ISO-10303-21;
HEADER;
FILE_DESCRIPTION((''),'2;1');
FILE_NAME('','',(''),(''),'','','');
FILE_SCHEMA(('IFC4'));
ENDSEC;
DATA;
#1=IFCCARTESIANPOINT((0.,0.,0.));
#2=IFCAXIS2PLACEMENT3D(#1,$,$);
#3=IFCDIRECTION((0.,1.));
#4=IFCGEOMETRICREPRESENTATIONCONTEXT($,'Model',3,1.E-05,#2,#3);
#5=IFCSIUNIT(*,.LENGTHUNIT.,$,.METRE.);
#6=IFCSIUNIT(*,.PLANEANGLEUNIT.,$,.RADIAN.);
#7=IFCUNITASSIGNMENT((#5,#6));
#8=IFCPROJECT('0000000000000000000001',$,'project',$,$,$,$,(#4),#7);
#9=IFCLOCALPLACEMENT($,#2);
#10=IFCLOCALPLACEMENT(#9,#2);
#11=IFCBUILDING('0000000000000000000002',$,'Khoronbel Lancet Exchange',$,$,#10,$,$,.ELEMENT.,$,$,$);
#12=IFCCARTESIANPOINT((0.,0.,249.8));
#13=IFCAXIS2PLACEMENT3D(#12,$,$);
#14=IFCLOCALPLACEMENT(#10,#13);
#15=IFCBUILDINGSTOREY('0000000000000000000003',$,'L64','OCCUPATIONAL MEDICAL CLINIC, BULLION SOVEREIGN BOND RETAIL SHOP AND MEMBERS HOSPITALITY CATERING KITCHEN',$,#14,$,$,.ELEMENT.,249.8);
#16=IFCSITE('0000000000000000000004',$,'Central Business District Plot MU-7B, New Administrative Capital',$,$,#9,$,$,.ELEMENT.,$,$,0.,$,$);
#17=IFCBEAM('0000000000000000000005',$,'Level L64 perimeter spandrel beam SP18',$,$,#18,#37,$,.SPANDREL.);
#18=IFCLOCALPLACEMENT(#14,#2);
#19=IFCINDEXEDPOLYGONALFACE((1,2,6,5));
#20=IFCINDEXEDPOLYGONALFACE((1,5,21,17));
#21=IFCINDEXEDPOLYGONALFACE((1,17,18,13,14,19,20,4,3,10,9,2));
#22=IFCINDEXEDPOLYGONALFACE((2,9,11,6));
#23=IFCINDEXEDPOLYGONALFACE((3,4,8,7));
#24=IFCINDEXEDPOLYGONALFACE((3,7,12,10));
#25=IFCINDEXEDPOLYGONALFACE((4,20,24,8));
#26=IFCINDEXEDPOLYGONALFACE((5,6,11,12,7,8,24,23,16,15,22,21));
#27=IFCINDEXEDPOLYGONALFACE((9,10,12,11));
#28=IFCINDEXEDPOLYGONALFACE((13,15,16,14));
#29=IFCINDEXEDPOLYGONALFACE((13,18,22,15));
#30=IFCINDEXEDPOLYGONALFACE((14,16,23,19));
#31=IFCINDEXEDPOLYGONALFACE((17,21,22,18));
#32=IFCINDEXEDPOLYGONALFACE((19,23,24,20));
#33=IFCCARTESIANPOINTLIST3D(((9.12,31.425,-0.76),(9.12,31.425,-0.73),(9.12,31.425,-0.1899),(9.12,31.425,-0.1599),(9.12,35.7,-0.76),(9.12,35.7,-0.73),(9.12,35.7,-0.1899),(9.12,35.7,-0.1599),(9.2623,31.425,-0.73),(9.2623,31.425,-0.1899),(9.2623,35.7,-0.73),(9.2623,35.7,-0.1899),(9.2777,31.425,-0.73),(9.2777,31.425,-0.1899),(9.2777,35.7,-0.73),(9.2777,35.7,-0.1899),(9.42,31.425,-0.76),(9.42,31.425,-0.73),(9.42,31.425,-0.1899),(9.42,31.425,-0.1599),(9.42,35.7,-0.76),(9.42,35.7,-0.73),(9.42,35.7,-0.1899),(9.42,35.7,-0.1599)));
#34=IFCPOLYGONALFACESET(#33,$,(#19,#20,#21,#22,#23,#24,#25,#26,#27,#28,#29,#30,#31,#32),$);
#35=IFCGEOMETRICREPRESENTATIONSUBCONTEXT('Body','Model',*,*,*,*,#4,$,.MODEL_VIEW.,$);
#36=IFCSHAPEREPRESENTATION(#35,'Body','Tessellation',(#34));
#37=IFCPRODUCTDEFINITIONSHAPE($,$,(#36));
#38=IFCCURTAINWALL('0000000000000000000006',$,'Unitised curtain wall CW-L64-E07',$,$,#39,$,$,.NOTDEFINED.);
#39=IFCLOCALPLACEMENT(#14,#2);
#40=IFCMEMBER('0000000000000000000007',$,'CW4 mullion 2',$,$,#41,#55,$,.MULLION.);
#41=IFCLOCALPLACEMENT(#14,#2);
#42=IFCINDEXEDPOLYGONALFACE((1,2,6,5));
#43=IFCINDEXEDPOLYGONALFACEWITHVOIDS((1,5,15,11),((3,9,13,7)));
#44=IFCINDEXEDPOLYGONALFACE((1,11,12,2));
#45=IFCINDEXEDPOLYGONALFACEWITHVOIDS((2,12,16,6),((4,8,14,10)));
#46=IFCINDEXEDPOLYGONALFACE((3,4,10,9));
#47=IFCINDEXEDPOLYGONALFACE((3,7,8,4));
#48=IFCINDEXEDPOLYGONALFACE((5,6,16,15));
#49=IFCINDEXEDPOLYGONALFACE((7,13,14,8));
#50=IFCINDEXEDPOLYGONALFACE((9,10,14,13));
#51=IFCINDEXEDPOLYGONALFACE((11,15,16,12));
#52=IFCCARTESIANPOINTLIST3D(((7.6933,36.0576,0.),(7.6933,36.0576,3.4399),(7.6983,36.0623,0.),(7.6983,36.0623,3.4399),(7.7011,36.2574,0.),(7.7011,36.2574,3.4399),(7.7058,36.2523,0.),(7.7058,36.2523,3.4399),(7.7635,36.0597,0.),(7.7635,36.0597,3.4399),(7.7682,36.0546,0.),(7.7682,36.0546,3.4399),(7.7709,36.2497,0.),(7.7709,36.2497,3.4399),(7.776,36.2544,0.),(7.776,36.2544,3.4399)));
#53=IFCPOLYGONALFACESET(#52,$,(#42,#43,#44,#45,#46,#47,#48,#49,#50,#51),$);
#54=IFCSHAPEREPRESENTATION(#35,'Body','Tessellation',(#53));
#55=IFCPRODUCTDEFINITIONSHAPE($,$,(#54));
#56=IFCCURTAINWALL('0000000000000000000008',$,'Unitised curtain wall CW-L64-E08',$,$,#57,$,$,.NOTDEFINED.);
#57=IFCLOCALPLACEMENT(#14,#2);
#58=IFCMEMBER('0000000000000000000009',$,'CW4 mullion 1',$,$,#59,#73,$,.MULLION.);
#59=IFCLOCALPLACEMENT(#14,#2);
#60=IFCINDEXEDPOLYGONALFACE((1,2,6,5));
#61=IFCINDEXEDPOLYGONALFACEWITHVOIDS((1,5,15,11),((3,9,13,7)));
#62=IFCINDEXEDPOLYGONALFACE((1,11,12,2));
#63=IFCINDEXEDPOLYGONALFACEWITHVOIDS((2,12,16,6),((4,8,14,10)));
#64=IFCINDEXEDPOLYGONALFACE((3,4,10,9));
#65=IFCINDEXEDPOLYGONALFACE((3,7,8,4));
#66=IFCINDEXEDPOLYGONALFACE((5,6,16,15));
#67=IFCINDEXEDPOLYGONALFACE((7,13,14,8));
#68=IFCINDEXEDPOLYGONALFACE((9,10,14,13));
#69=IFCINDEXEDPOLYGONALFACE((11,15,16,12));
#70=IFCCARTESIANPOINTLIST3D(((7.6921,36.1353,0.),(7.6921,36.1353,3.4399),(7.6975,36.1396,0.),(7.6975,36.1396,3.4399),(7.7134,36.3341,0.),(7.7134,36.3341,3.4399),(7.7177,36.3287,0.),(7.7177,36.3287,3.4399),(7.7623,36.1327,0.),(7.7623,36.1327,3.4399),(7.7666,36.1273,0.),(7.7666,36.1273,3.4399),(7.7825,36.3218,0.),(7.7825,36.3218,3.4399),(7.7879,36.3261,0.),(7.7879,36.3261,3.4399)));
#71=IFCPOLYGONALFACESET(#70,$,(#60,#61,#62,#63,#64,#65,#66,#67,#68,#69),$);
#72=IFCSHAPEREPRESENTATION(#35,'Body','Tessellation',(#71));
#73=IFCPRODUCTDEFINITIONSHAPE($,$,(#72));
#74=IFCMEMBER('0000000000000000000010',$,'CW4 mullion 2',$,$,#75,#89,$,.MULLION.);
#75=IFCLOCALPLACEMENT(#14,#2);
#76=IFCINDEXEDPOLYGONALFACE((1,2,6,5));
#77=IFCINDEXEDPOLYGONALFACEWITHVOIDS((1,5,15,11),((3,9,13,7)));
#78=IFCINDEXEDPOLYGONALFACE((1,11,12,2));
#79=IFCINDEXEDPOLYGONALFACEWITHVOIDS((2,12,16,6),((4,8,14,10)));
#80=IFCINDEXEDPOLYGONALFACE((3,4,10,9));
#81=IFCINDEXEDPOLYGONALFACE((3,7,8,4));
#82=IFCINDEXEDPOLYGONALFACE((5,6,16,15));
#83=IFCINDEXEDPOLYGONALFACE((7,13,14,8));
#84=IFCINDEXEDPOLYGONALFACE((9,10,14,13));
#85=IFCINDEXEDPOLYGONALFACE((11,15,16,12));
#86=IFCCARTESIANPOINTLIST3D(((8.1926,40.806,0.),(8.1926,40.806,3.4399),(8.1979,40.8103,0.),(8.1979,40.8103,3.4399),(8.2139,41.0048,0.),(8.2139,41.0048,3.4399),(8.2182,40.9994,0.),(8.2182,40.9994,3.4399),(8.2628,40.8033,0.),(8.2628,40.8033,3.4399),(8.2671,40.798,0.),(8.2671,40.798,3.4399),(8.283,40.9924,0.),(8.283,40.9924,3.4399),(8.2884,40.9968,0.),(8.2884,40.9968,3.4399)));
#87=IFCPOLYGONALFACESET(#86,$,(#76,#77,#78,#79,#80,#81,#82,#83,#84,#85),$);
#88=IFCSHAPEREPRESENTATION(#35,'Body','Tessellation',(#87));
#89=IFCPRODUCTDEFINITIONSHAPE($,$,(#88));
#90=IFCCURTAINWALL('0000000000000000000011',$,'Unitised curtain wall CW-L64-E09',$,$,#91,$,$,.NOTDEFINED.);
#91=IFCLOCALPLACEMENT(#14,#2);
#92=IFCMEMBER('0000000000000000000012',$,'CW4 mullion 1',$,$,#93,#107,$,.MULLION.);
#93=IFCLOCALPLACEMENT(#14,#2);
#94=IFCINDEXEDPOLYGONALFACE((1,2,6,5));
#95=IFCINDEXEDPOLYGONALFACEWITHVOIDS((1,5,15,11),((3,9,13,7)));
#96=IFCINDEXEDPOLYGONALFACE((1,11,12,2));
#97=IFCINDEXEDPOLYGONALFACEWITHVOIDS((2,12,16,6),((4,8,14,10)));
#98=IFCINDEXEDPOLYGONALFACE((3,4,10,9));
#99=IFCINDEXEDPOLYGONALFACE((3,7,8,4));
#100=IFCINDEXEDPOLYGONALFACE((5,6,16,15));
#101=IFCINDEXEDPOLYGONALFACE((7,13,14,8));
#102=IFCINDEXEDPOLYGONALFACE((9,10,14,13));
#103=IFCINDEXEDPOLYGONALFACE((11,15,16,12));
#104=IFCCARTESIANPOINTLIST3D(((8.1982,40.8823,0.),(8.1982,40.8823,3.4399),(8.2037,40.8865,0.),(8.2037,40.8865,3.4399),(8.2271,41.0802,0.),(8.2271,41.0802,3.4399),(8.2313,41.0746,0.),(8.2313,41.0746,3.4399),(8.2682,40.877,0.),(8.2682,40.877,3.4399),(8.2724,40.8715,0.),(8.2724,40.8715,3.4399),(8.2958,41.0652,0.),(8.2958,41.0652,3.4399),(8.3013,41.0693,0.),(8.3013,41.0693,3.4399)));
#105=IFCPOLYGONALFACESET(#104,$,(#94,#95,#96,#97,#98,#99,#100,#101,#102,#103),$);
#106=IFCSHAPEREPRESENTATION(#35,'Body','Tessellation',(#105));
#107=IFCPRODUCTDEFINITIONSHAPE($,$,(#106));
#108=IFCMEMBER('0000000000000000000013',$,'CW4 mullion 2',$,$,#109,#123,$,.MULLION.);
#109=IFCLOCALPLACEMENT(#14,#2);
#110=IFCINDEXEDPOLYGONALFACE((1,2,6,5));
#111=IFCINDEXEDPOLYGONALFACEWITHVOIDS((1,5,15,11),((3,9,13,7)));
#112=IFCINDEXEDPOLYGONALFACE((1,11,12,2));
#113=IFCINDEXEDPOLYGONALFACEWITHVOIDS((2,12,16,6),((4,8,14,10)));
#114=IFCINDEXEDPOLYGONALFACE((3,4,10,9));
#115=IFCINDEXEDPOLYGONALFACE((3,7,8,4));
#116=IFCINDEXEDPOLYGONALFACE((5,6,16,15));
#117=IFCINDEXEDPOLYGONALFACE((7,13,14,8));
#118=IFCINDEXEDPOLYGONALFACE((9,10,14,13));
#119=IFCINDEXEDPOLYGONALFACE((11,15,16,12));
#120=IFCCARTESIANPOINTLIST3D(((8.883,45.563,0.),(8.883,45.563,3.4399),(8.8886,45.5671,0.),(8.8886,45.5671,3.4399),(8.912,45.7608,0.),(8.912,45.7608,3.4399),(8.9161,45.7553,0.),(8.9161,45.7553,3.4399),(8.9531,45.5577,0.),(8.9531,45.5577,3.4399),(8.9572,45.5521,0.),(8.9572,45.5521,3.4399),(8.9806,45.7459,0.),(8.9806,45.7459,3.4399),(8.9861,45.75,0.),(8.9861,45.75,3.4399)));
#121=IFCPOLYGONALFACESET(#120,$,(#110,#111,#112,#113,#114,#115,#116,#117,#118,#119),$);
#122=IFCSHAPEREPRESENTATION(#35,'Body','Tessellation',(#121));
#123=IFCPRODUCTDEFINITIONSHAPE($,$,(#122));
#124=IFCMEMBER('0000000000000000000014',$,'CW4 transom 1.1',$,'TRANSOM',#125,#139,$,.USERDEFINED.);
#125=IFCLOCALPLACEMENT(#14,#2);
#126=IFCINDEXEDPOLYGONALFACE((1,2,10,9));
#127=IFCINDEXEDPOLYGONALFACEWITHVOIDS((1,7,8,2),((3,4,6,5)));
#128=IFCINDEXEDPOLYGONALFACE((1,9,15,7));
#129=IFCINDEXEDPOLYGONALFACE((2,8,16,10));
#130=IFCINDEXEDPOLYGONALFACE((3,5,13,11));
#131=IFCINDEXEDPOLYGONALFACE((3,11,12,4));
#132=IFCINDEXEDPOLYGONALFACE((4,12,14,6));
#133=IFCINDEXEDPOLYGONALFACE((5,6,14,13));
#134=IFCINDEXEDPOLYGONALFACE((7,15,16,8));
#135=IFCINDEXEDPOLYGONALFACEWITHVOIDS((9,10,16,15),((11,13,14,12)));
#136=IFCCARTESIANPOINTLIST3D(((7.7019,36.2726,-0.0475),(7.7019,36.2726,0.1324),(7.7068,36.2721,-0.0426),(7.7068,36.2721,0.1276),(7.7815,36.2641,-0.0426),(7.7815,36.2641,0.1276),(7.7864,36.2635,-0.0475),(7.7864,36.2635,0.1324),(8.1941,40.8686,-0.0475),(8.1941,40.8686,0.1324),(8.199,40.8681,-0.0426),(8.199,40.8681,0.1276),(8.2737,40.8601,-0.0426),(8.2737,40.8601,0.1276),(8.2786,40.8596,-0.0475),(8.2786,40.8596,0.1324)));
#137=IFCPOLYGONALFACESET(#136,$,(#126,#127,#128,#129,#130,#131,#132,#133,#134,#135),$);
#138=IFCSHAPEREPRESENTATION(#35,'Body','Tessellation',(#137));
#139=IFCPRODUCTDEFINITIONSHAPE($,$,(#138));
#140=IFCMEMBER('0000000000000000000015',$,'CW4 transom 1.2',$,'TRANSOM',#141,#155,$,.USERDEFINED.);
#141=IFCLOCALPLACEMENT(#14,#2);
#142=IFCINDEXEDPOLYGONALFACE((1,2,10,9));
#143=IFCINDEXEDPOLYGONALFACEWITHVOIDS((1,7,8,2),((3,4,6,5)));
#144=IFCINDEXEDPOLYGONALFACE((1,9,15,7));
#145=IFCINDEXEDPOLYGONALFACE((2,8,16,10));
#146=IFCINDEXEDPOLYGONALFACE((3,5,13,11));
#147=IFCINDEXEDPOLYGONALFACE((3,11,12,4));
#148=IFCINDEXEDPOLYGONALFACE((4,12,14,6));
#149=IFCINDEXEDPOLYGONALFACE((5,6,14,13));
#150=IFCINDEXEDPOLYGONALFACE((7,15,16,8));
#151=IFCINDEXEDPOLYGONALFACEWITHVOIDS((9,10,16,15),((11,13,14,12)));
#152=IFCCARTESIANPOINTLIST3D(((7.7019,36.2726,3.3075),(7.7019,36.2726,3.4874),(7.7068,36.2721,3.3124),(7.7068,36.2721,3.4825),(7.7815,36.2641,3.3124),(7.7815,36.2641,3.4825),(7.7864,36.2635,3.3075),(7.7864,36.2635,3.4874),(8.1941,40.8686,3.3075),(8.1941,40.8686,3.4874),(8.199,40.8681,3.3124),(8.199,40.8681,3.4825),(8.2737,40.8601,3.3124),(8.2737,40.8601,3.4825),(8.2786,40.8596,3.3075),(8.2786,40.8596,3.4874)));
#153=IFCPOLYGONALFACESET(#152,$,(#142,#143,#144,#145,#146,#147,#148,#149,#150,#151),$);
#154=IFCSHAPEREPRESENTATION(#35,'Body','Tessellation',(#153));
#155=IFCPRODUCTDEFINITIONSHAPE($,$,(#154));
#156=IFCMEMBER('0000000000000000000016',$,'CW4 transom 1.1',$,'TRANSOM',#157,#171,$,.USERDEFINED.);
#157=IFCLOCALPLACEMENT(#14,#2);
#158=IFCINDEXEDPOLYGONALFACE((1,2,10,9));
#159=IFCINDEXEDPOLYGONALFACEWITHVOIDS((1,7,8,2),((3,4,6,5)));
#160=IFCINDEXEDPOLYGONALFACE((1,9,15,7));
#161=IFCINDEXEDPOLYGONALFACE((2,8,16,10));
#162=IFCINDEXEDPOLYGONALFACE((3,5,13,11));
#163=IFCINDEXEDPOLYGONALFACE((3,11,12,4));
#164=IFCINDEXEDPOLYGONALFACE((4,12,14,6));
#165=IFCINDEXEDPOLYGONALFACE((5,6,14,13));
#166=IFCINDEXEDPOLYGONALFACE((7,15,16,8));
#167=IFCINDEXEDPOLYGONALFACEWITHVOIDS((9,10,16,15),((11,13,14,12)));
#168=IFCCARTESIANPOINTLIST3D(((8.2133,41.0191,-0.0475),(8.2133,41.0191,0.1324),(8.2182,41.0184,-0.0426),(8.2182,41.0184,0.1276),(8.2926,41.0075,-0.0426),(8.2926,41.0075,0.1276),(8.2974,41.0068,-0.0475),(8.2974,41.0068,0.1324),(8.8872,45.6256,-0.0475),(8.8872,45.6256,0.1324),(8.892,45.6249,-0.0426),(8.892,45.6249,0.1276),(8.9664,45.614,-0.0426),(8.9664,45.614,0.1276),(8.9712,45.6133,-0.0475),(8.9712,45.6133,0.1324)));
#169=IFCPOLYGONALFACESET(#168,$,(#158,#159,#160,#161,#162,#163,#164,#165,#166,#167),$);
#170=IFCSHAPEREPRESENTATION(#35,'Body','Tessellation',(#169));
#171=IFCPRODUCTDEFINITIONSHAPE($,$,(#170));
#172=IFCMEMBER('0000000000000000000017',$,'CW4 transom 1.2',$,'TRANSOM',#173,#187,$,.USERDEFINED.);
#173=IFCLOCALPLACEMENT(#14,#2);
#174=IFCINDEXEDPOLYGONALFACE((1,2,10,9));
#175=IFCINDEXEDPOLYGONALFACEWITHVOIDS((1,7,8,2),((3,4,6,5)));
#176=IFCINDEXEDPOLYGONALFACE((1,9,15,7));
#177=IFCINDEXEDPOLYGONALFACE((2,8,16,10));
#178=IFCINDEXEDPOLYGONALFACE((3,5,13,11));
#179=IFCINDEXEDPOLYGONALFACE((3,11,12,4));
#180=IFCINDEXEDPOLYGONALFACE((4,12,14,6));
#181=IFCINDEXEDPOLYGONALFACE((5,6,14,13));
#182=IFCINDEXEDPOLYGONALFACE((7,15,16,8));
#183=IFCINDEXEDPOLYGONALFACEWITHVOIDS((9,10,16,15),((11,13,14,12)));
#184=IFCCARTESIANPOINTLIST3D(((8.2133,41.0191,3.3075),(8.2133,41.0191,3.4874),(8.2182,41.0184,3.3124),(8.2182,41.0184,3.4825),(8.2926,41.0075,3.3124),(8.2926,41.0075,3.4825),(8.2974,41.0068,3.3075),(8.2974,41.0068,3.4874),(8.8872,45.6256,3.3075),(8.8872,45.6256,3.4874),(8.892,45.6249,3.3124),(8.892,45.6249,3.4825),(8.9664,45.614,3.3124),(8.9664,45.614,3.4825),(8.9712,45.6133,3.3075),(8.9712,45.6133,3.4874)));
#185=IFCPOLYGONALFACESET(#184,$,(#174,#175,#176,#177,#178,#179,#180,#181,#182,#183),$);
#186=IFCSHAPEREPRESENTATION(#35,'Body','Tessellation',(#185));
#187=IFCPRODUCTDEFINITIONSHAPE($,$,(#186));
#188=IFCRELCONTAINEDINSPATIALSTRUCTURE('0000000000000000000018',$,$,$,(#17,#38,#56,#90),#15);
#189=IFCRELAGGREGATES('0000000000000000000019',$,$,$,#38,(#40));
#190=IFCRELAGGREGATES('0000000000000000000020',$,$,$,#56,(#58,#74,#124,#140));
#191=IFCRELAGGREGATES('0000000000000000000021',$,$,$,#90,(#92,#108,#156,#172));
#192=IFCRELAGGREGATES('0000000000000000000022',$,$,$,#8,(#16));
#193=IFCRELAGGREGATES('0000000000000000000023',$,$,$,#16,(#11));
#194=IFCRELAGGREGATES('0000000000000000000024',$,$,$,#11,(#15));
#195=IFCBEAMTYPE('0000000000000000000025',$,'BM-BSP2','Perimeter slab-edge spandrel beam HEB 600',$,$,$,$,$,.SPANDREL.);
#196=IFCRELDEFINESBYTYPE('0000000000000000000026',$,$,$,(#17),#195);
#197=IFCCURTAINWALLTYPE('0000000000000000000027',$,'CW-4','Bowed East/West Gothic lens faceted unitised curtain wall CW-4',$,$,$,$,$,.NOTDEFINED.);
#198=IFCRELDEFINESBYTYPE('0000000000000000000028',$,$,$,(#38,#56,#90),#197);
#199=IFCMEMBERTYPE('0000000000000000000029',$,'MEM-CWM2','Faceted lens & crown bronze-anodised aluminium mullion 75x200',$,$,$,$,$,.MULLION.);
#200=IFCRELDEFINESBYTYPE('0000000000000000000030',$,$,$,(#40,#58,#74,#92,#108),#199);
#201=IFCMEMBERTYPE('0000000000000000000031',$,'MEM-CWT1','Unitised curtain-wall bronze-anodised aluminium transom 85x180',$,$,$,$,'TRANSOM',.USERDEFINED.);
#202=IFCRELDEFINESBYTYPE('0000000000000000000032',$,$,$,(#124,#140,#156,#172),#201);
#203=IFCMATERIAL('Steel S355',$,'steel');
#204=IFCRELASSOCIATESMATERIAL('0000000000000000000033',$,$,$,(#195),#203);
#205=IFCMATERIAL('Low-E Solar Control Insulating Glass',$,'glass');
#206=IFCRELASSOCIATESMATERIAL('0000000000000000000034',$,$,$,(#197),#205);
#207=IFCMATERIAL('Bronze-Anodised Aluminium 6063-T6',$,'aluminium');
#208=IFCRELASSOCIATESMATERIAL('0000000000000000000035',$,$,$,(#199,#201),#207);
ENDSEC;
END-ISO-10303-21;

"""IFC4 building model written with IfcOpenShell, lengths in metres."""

from ifc_helpers import new_model, si_unit, direction, frame, origin, origin_2d, place, context, subcontext, project, spatial, hollow_rectangle, i_section, extrude, material, material_profile, profile_set, type_object, element, aggregate, save


model = new_model("IFC4")

# Units and contexts
model_context = context("Model", 3, precision=1e-05, world=origin(), true_north=direction((0.0, 1.0)))
body_context = subcontext(model_context, "Body", "Model", "MODEL_VIEW")
ifc_project = project(units=[si_unit("LENGTHUNIT", "METRE"), si_unit("PLANEANGLEUNIT", "RADIAN")], contexts=[model_context])

# Site, building, storey
site_placement = place(None, origin())
site = spatial("IfcSite", under=ifc_project, at=site_placement, Name="Central Business District Plot MU-7B, New Administrative Capital", CompositionType="ELEMENT", RefElevation=0.0)
building_placement = place(site_placement, origin())
building = spatial("IfcBuilding", under=site, at=building_placement, Name="Khoronbel Lancet Exchange", CompositionType="ELEMENT")
storey_placement = place(building_placement, frame((0.0, 0.0, 249.8)))
storey = spatial("IfcBuildingStorey", under=building, at=storey_placement, Name="L64", Description="OCCUPATIONAL MEDICAL CLINIC, BULLION SOVEREIGN BOND RETAIL SHOP AND MEMBERS HOSPITALITY CATERING KITCHEN", CompositionType="ELEMENT", Elevation=249.8)

# Shared definitions
ifc_material_1 = material(Name="Steel S355", Category="steel")

# Beam
ifc_material_profile_1 = material_profile(ifc_material_1, i_section(OverallWidth=0.3, OverallDepth=0.6001, WebThickness=0.0154, FlangeThickness=0.03, at=origin_2d()), Name="HEB 600")
ifc_profile_set_1 = profile_set([ifc_material_profile_1], Name="Steel S355")
beam_type_1 = type_object("IfcBeamType", Name="BM-BSP2", Description="Perimeter slab-edge spandrel beam HEB 600", PredefinedType="SPANDREL", material=ifc_profile_set_1)
beam_1_placement = place(storey_placement, frame((9.27, 35.7, -0.46), z_axis=(0.0, -1.0, 0.0), x_axis=(1.0, 0.0, 0.0)))
element("IfcBeam", 1, at=beam_1_placement, inside=storey, type_object=beam_type_1, Name="Level L64 perimeter spandrel beam SP18", PredefinedType="SPANDREL", context=body_context, shape_type="SweptSolid", body=[
    extrude(i_section(OverallWidth=0.3, OverallDepth=0.6001, WebThickness=0.0154, FlangeThickness=0.03, at=origin_2d()), origin(), (0.0, 0.0, 1.0), 4.2749),
])

# Curtain wall, member
ifc_material_2 = material(Name="Low-E Solar Control Insulating Glass", Category="glass")
curtain_wall_type = type_object("IfcCurtainWallType", Name="CW-4", Description="Bowed East/West Gothic lens faceted unitised curtain wall CW-4", PredefinedType="NOTDEFINED", material=ifc_material_2)
curtain_wall_1_placement = place(storey_placement, origin())
curtain_wall_1 = element("IfcCurtainWall", 2, at=curtain_wall_1_placement, inside=storey, type_object=curtain_wall_type, Name="Unitised curtain wall CW-L64-E07", PredefinedType="NOTDEFINED")
ifc_material_3 = material(Name="Bronze-Anodised Aluminium 6063-T6", Category="aluminium")
ifc_material_profile_2 = material_profile(ifc_material_3, hollow_rectangle(XDim=0.075, YDim=0.2, WallThickness=0.0049, at=origin_2d()), Name="ALU MULLION 75x200")
ifc_profile_set_2 = profile_set([ifc_material_profile_2], Name="Bronze-Anodised Aluminium 6063-T6")
member_type_1 = type_object("IfcMemberType", Name="MEM-CWM2", Description="Faceted lens & crown bronze-anodised aluminium mullion 75x200", PredefinedType="MULLION", material=ifc_profile_set_2)
member_1_placement = place(storey_placement, frame((7.7346, 36.156, 0.0), z_axis=(0.0, 0.0, 1.0), x_axis=(-0.999233, 0.039161, 0.0)))
member_1 = element("IfcMember", 3, at=member_1_placement, type_object=member_type_1, Name="CW4 mullion 2", PredefinedType="MULLION", context=body_context, shape_type="SweptSolid", body=[
    extrude(hollow_rectangle(XDim=0.075, YDim=0.2, WallThickness=0.0049, at=origin_2d()), origin(), (0.0, 0.0, 1.0), 3.4399),
])
aggregate(curtain_wall_1, [member_1])

# Curtain walls, members
curtain_wall_2_placement = place(storey_placement, origin())
curtain_wall_2 = element("IfcCurtainWall", 4, at=curtain_wall_2_placement, inside=storey, type_object=curtain_wall_type, Name="Unitised curtain wall CW-L64-E08", PredefinedType="NOTDEFINED")
member_2_placement = place(storey_placement, frame((7.74, 36.2307, 0.0), z_axis=(0.0, 0.0, 1.0), x_axis=(-0.994312, 0.106507, 0.0)))
member_2 = element("IfcMember", 5, at=member_2_placement, type_object=member_type_1, Name="CW4 mullion 1", PredefinedType="MULLION", context=body_context, shape_type="SweptSolid", body=[
    extrude(hollow_rectangle(XDim=0.075, YDim=0.2, WallThickness=0.0049, at=origin_2d()), origin(), (0.0, 0.0, 1.0), 3.4399),
])
member_3_placement = place(storey_placement, frame((8.2405, 40.9014, 0.0), z_axis=(0.0, 0.0, 1.0), x_axis=(-0.994312, 0.106507, 0.0)))
member_3 = element("IfcMember", 6, at=member_3_placement, type_object=member_type_1, Name="CW4 mullion 2", PredefinedType="MULLION", context=body_context, shape_type="SweptSolid", body=[
    extrude(hollow_rectangle(XDim=0.075, YDim=0.2, WallThickness=0.0049, at=origin_2d()), origin(), (0.0, 0.0, 1.0), 3.4399),
])
curtain_wall_3_placement = place(storey_placement, origin())
curtain_wall_3 = element("IfcCurtainWall", 7, at=curtain_wall_3_placement, inside=storey, type_object=curtain_wall_type, Name="Unitised curtain wall CW-L64-E09", PredefinedType="NOTDEFINED")
member_4_placement = place(storey_placement, frame((8.2498, 40.9758, 0.0), z_axis=(0.0, 0.0, 1.0), x_axis=(-0.989468, 0.144753, 0.0)))
member_4 = element("IfcMember", 8, at=member_4_placement, type_object=member_type_1, Name="CW4 mullion 1", PredefinedType="MULLION", context=body_context, shape_type="SweptSolid", body=[
    extrude(hollow_rectangle(XDim=0.075, YDim=0.2, WallThickness=0.0049, at=origin_2d()), origin(), (0.0, 0.0, 1.0), 3.4399),
])
member_5_placement = place(storey_placement, frame((8.9346, 45.6565, 0.0), z_axis=(0.0, 0.0, 1.0), x_axis=(-0.989468, 0.144753, 0.0)))
member_5 = element("IfcMember", 9, at=member_5_placement, type_object=member_type_1, Name="CW4 mullion 2", PredefinedType="MULLION", context=body_context, shape_type="SweptSolid", body=[
    extrude(hollow_rectangle(XDim=0.075, YDim=0.2, WallThickness=0.0049, at=origin_2d()), origin(), (0.0, 0.0, 1.0), 3.4399),
])

# Members
ifc_material_profile_3 = material_profile(ifc_material_3, hollow_rectangle(XDim=0.085, YDim=0.1799, WallThickness=0.0049, at=origin_2d()), Name="ALU TRANSOM 85x180")
ifc_profile_set_3 = profile_set([ifc_material_profile_3], Name="Bronze-Anodised Aluminium 6063-T6")
member_type_2 = type_object("IfcMemberType", Name="MEM-CWT1", Description="Unitised curtain-wall bronze-anodised aluminium transom 85x180", ElementType="TRANSOM", PredefinedType="USERDEFINED", material=ifc_profile_set_3)
member_6_placement = place(storey_placement, frame((7.7441, 36.2681, 0.0425), z_axis=(0.106483, 0.994315, 0.0), x_axis=(-0.994315, 0.106483, 0.0)))
member_6 = element("IfcMember", 10, at=member_6_placement, type_object=member_type_2, Name="CW4 transom 1.1", ObjectType="TRANSOM", PredefinedType="USERDEFINED", context=body_context, shape_type="SweptSolid", body=[
    extrude(hollow_rectangle(XDim=0.085, YDim=0.1799, WallThickness=0.0049, at=origin_2d()), origin(), (0.0, 0.0, 1.0), 4.6223),
])
member_7_placement = place(storey_placement, frame((7.7441, 36.2681, 3.3975), z_axis=(0.106483, 0.994315, 0.0), x_axis=(-0.994315, 0.106483, 0.0)))
member_7 = element("IfcMember", 11, at=member_7_placement, type_object=member_type_2, Name="CW4 transom 1.2", ObjectType="TRANSOM", PredefinedType="USERDEFINED", context=body_context, shape_type="SweptSolid", body=[
    extrude(hollow_rectangle(XDim=0.085, YDim=0.1799, WallThickness=0.0049, at=origin_2d()), origin(), (0.0, 0.0, 1.0), 4.6223),
])
member_8_placement = place(storey_placement, frame((8.2554, 41.0129, 0.0425), z_axis=(0.144739, 0.98947, 0.0), x_axis=(-0.98947, 0.144739, 0.0)))
member_8 = element("IfcMember", 12, at=member_8_placement, type_object=member_type_2, Name="CW4 transom 1.1", ObjectType="TRANSOM", PredefinedType="USERDEFINED", context=body_context, shape_type="SweptSolid", body=[
    extrude(hollow_rectangle(XDim=0.085, YDim=0.1799, WallThickness=0.0049, at=origin_2d()), origin(), (0.0, 0.0, 1.0), 4.6555),
])
member_9_placement = place(storey_placement, frame((8.2554, 41.0129, 3.3975), z_axis=(0.144739, 0.98947, 0.0), x_axis=(-0.98947, 0.144739, 0.0)))
member_9 = element("IfcMember", 13, at=member_9_placement, type_object=member_type_2, Name="CW4 transom 1.2", ObjectType="TRANSOM", PredefinedType="USERDEFINED", context=body_context, shape_type="SweptSolid", body=[
    extrude(hollow_rectangle(XDim=0.085, YDim=0.1799, WallThickness=0.0049, at=origin_2d()), origin(), (0.0, 0.0, 1.0), 4.6555),
])

aggregate(curtain_wall_2, [member_2, member_3, member_6, member_7])
aggregate(curtain_wall_3, [member_4, member_5, member_8, member_9])

save(model, "model.ifc")
